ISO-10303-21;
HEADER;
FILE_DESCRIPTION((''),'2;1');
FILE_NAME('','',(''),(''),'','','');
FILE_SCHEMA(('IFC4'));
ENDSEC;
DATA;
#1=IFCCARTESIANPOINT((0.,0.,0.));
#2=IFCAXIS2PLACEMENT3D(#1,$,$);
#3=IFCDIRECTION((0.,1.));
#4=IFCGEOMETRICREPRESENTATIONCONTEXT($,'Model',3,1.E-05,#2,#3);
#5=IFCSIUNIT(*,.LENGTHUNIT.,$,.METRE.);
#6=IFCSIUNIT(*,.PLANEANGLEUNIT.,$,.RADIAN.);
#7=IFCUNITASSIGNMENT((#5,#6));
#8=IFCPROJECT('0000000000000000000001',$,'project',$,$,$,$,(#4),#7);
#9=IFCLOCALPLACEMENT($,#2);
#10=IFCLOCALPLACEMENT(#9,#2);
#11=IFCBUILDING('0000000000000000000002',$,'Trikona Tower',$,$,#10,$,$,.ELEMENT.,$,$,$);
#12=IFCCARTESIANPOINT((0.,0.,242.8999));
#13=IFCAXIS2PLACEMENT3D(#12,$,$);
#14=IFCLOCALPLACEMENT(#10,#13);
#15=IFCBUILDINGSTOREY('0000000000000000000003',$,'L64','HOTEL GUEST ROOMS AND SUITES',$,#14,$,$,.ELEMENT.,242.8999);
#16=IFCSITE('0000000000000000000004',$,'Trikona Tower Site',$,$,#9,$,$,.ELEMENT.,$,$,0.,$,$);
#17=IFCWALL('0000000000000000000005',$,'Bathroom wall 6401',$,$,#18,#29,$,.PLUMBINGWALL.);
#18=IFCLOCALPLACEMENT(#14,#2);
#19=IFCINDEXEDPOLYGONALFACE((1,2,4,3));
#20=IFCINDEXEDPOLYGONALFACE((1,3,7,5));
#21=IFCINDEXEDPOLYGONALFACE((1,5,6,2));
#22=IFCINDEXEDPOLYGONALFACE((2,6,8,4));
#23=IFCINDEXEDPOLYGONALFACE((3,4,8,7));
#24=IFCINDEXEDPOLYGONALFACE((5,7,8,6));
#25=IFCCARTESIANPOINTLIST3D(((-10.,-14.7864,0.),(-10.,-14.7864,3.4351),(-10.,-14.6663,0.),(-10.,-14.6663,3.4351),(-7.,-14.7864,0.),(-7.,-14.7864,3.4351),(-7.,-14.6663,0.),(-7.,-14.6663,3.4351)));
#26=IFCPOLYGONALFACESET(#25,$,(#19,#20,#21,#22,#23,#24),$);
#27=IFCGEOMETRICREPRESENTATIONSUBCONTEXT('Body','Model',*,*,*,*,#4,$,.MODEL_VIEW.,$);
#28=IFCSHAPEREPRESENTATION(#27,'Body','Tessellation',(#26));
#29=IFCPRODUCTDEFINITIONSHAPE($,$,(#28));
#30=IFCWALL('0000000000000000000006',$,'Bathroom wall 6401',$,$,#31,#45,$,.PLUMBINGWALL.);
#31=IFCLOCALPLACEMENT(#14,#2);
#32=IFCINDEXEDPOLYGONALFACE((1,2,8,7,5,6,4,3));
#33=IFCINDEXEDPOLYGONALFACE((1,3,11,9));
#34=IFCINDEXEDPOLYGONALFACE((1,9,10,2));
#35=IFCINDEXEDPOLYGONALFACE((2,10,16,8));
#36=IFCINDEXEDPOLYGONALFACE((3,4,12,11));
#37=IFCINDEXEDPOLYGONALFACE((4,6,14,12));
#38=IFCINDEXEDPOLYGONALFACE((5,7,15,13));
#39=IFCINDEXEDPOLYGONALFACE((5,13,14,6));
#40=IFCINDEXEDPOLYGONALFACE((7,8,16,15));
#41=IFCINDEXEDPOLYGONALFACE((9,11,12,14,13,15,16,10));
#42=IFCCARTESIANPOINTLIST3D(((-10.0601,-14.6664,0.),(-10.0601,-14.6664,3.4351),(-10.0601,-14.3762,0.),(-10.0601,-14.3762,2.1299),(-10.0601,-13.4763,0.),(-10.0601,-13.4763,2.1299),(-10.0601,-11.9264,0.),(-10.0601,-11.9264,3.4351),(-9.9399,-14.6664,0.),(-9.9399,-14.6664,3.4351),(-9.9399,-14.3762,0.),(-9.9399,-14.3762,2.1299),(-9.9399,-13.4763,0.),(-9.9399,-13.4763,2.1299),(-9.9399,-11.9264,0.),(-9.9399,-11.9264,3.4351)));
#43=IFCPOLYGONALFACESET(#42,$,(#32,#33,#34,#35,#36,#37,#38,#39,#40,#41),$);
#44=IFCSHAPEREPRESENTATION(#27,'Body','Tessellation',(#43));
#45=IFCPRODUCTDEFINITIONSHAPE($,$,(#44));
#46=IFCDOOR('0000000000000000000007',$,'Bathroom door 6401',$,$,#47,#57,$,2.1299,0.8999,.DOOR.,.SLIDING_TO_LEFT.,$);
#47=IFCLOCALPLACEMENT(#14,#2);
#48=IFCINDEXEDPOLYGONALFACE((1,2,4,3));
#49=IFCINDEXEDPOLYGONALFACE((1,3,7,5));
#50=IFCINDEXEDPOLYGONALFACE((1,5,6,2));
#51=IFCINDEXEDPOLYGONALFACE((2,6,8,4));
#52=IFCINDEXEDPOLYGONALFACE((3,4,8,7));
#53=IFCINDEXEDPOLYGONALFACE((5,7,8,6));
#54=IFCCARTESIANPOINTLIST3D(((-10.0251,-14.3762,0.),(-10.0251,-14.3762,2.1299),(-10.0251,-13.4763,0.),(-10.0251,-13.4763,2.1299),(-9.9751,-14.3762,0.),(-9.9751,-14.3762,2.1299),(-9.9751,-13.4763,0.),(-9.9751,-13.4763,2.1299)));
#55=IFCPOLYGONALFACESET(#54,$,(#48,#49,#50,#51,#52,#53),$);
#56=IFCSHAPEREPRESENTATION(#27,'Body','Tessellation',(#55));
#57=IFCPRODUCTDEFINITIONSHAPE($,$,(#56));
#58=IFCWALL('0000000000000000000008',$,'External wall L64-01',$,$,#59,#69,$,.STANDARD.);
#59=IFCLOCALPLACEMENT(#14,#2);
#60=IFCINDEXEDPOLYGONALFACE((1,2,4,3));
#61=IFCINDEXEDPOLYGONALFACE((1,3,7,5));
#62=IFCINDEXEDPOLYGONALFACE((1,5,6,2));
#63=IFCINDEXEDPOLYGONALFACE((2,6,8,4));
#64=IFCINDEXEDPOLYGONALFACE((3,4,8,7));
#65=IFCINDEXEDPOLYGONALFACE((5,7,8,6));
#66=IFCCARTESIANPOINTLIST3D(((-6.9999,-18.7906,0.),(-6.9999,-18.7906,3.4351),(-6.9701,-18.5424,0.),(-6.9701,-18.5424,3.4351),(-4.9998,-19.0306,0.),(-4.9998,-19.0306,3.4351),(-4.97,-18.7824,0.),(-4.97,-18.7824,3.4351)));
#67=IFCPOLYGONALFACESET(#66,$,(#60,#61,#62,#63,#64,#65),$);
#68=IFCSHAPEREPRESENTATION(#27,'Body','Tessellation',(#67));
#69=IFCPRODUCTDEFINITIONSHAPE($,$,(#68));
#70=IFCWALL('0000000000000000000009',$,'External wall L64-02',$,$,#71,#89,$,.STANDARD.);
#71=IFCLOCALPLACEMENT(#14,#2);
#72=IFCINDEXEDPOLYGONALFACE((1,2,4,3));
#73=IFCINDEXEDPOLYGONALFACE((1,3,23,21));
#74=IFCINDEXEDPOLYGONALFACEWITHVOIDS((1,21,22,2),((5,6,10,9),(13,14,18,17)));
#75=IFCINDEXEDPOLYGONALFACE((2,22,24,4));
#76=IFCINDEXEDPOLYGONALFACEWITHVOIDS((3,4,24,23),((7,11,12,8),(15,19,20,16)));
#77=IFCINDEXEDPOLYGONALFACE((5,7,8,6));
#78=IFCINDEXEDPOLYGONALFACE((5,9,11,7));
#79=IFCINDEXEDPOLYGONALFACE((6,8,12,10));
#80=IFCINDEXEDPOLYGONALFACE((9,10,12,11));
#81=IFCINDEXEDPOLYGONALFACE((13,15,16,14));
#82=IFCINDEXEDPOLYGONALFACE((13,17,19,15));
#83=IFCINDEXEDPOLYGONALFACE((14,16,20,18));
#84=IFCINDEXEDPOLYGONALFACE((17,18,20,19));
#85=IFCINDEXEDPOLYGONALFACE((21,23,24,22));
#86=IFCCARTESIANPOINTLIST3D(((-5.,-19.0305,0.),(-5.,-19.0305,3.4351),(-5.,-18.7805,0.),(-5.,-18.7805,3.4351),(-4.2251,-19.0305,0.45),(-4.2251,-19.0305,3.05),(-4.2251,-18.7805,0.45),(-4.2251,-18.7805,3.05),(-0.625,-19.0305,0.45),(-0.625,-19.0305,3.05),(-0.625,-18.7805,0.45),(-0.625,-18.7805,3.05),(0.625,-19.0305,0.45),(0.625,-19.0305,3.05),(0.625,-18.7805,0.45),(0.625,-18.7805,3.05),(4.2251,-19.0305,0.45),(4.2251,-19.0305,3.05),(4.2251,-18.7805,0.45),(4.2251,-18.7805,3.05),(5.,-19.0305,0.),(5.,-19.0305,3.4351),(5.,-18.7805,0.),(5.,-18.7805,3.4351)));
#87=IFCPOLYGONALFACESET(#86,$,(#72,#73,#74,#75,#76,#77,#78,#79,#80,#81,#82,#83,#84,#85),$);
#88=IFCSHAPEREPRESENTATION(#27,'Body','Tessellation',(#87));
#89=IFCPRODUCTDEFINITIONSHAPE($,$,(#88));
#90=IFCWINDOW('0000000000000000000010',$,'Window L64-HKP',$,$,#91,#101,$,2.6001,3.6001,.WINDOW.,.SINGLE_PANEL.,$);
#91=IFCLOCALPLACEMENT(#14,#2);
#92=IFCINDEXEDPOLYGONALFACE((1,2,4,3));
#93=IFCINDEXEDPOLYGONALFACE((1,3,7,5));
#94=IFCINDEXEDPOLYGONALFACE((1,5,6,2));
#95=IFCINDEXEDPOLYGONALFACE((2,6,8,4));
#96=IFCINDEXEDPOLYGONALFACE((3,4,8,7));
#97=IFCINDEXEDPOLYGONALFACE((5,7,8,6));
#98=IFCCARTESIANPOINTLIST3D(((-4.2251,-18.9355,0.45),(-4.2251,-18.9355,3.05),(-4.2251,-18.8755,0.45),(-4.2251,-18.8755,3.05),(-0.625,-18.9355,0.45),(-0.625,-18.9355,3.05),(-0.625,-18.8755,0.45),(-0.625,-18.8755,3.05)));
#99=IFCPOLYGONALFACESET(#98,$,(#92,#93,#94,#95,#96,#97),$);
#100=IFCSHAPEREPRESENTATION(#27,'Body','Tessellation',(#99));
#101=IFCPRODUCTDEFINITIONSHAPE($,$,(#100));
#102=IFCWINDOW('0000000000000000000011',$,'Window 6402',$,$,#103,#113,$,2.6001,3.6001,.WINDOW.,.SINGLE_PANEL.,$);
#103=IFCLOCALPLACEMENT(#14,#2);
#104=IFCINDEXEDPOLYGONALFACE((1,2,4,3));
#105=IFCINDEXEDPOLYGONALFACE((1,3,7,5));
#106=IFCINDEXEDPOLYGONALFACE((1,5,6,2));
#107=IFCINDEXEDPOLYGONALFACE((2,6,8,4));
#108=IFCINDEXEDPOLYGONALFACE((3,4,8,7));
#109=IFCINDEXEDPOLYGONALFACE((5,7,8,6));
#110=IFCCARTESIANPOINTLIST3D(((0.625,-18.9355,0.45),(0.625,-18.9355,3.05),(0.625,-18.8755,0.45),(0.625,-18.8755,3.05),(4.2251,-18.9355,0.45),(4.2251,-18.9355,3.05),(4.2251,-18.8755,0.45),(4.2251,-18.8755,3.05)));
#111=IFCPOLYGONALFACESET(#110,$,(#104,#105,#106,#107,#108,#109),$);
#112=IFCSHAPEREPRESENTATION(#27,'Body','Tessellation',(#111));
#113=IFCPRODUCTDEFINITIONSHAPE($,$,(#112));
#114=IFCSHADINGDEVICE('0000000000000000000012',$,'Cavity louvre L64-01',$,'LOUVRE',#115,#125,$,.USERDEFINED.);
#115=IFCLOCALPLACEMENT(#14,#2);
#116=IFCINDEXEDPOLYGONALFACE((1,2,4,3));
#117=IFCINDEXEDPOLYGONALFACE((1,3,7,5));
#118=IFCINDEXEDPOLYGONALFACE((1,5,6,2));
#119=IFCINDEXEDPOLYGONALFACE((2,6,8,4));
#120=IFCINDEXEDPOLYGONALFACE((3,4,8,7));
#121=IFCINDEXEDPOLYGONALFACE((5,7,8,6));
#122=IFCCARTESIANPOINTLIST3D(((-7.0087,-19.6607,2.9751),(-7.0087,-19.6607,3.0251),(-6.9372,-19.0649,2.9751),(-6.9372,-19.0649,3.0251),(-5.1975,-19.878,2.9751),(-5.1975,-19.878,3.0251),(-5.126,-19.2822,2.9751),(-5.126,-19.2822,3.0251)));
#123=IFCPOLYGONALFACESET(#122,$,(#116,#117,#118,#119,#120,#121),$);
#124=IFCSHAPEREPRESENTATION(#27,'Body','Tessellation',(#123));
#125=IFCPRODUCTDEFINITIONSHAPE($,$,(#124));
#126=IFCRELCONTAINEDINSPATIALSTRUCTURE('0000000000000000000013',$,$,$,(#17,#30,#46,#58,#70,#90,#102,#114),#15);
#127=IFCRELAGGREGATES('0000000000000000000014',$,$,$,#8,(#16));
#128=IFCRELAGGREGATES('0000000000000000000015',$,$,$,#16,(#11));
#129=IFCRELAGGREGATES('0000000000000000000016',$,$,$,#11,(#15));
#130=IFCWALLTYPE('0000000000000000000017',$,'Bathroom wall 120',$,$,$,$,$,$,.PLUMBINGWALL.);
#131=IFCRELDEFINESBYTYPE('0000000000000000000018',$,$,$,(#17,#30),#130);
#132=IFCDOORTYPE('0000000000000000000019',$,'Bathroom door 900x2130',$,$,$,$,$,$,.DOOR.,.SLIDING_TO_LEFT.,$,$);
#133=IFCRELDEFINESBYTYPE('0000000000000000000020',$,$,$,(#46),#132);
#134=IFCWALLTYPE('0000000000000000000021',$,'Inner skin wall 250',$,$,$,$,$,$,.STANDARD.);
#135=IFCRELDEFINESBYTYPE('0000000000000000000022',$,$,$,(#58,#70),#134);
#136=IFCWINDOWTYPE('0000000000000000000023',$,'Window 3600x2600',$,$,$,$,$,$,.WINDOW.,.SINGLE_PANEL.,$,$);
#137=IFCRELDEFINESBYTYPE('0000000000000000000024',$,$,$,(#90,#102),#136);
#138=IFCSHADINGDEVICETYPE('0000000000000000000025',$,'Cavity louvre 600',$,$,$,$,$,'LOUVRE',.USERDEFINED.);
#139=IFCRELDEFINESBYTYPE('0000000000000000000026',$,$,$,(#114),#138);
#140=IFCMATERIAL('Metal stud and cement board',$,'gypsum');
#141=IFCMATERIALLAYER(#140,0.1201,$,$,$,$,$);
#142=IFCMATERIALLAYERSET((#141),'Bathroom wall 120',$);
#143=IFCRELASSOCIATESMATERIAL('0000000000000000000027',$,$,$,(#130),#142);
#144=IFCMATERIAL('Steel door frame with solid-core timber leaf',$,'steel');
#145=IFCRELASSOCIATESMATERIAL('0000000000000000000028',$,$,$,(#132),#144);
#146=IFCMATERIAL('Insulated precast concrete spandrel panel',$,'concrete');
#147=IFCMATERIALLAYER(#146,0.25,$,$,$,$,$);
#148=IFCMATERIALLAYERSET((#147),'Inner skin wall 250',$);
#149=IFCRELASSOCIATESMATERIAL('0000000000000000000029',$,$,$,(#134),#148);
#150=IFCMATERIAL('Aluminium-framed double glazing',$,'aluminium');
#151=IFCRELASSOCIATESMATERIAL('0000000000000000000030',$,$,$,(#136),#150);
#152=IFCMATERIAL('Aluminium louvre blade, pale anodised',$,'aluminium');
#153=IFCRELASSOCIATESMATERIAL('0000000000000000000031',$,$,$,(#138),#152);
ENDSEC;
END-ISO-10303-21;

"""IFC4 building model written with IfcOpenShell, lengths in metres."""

from ifc_helpers import new_model, si_unit, direction, frame, frame_2d, origin, origin_2d, place, context, subcontext, project, spatial, rectangle, extrude, material, layer, layer_set, type_object, element, fill, save


model = new_model("IFC4")

# Units and contexts
model_context = context("Model", 3, precision=1e-05, world=origin(), true_north=direction((0.0, 1.0)))
body_context = subcontext(model_context, "Body", "Model", "MODEL_VIEW")
ifc_project = project(units=[si_unit("LENGTHUNIT", "METRE"), si_unit("PLANEANGLEUNIT", "RADIAN")], contexts=[model_context])

# Site, building, storey
site_placement = place(None, origin())
site = spatial("IfcSite", under=ifc_project, at=site_placement, Name="Trikona Tower Site", CompositionType="ELEMENT", RefElevation=0.0)
building_placement = place(site_placement, origin())
building = spatial("IfcBuilding", under=site, at=building_placement, Name="Trikona Tower", CompositionType="ELEMENT")
storey_placement = place(building_placement, frame((0.0, 0.0, 242.8999)))
storey = spatial("IfcBuildingStorey", under=building, at=storey_placement, Name="L64", Description="HOTEL GUEST ROOMS AND SUITES", CompositionType="ELEMENT", Elevation=242.8999)

# Wall
ifc_material_1 = material(Name="Metal stud and cement board", Category="gypsum")
ifc_layer_1 = layer(ifc_material_1, 0.1201)
ifc_layer_set_1 = layer_set([ifc_layer_1], Name="Bathroom wall 120")
wall_type_1 = type_object("IfcWallType", Name="Bathroom wall 120", PredefinedType="PLUMBINGWALL", material=ifc_layer_set_1)
wall_1_placement = place(storey_placement, frame((-10.0, -14.7263, 0.0), z_axis=(0.0, 0.0, 1.0), x_axis=(1.0, 0.0, 0.0)))
element("IfcWall", 1, at=wall_1_placement, inside=storey, type_object=wall_type_1, Name="Bathroom wall 6401", PredefinedType="PLUMBINGWALL", context=body_context, shape_type="SweptSolid", body=[
    extrude(rectangle(XDim=3.0, YDim=0.1201, at=frame_2d((1.5, 0.0))), origin(), (0.0, 0.0, 1.0), 3.4351),
])

# Wall, opening, door
wall_2_placement = place(storey_placement, frame((-10.0, -11.9263, 0.0), z_axis=(0.0, 0.0, 1.0), x_axis=(0.0, -1.0, 0.0)))
wall_2 = element("IfcWall", 2, at=wall_2_placement, inside=storey, type_object=wall_type_1, Name="Bathroom wall 6401", PredefinedType="PLUMBINGWALL", context=body_context, shape_type="SweptSolid", body=[
    extrude(rectangle(XDim=2.74, YDim=0.1201, at=frame_2d((1.3701, 0.0))), origin(), (0.0, 0.0, 1.0), 3.4351),
])
opening_1_placement = place(wall_2_placement, frame((1.55, 0.0, 0.0)))
opening_1 = element("IfcOpeningElement", 3, at=opening_1_placement, cuts=wall_2, PredefinedType="OPENING", context=body_context, shape_type="SweptSolid", body=[
    extrude(rectangle(XDim=0.8999, YDim=2.1299, at=frame_2d((0.45, 1.0649))), frame((0.0, 0.0701, 0.0), z_axis=(0.0, -1.0, 0.0), x_axis=(1.0, 0.0, 0.0)), (0.0, 0.0, 1.0), 0.1401),
])
ifc_material_2 = material(Name="Steel door frame with solid-core timber leaf", Category="steel")
door_type = type_object("IfcDoorType", Name="Bathroom door 900x2130", OperationType="SLIDING_TO_LEFT", PredefinedType="DOOR", material=ifc_material_2)
door_placement = place(opening_1_placement, origin())
door = element("IfcDoor", 4, at=door_placement, inside=storey, type_object=door_type, Name="Bathroom door 6401", OperationType="SLIDING_TO_LEFT", OverallHeight=2.1299, OverallWidth=0.8999, PredefinedType="DOOR", context=body_context, shape_type="SweptSolid", body=[
    extrude(rectangle(XDim=0.8999, YDim=2.1299, at=frame_2d((0.45, 1.0649))), frame((0.0, 0.0249, 0.0), z_axis=(0.0, -1.0, 0.0), x_axis=(1.0, 0.0, 0.0)), (0.0, 0.0, 1.0), 0.05),
])
fill(opening_1, door)

# Wall
ifc_material_3 = material(Name="Insulated precast concrete spandrel panel", Category="concrete")
ifc_layer_2 = layer(ifc_material_3, 0.25)
ifc_layer_set_2 = layer_set([ifc_layer_2], Name="Inner skin wall 250")
wall_type_2 = type_object("IfcWallType", Name="Inner skin wall 250", PredefinedType="STANDARD", material=ifc_layer_set_2)
wall_3_placement = place(storey_placement, frame((-6.9851, -18.6665, 0.0), z_axis=(0.0, 0.0, 1.0), x_axis=(0.992877, -0.11914, 0.0)))
element("IfcWall", 5, at=wall_3_placement, inside=storey, type_object=wall_type_2, Name="External wall L64-01", PredefinedType="STANDARD", context=body_context, shape_type="SweptSolid", body=[
    extrude(rectangle(XDim=2.0144, YDim=0.25, at=frame_2d((1.0073, 0.0))), origin(), (0.0, 0.0, 1.0), 3.4351),
])

# Wall, openings, windows
wall_4_placement = place(storey_placement, frame((-5.0, -18.9055, 0.0), z_axis=(0.0, 0.0, 1.0), x_axis=(1.0, 0.0, 0.0)))
wall_4 = element("IfcWall", 6, at=wall_4_placement, inside=storey, type_object=wall_type_2, Name="External wall L64-02", PredefinedType="STANDARD", context=body_context, shape_type="SweptSolid", body=[
    extrude(rectangle(XDim=10.0, YDim=0.25, at=frame_2d((5.0, 0.0))), origin(), (0.0, 0.0, 1.0), 3.4351),
])
opening_2_placement = place(wall_4_placement, frame((0.7749, 0.0, 0.45)))
opening_2 = element("IfcOpeningElement", 7, at=opening_2_placement, cuts=wall_4, PredefinedType="OPENING", context=body_context, shape_type="SweptSolid", body=[
    extrude(rectangle(XDim=3.6001, YDim=2.6001, at=frame_2d((1.8, 1.3))), frame((0.0, 0.135, 0.0), z_axis=(0.0, -1.0, 0.0), x_axis=(1.0, 0.0, 0.0)), (0.0, 0.0, 1.0), 0.27),
])
opening_3_placement = place(wall_4_placement, frame((5.625, 0.0, 0.45)))
opening_3 = element("IfcOpeningElement", 8, at=opening_3_placement, cuts=wall_4, PredefinedType="OPENING", context=body_context, shape_type="SweptSolid", body=[
    extrude(rectangle(XDim=3.6001, YDim=2.6001, at=frame_2d((1.8, 1.3))), frame((0.0, 0.135, 0.0), z_axis=(0.0, -1.0, 0.0), x_axis=(1.0, 0.0, 0.0)), (0.0, 0.0, 1.0), 0.27),
])
ifc_material_4 = material(Name="Aluminium-framed double glazing", Category="aluminium")
window_type = type_object("IfcWindowType", Name="Window 3600x2600", PartitioningType="SINGLE_PANEL", PredefinedType="WINDOW", material=ifc_material_4)
window_1_placement = place(opening_2_placement, origin())
window_1 = element("IfcWindow", 9, at=window_1_placement, inside=storey, type_object=window_type, Name="Window L64-HKP", OverallHeight=2.6001, OverallWidth=3.6001, PartitioningType="SINGLE_PANEL", PredefinedType="WINDOW", context=body_context, shape_type="SweptSolid", body=[
    extrude(rectangle(XDim=3.6001, YDim=2.6001, at=frame_2d((1.8, 1.3))), frame((0.0, 0.03, 0.0), z_axis=(0.0, -1.0, 0.0), x_axis=(1.0, 0.0, 0.0)), (0.0, 0.0, 1.0), 0.0601),
])
fill(opening_2, window_1)
window_2_placement = place(opening_3_placement, origin())
window_2 = element("IfcWindow", 10, at=window_2_placement, inside=storey, type_object=window_type, Name="Window 6402", OverallHeight=2.6001, OverallWidth=3.6001, PartitioningType="SINGLE_PANEL", PredefinedType="WINDOW", context=body_context, shape_type="SweptSolid", body=[
    extrude(rectangle(XDim=3.6001, YDim=2.6001, at=frame_2d((1.8, 1.3))), frame((0.0, 0.03, 0.0), z_axis=(0.0, -1.0, 0.0), x_axis=(1.0, 0.0, 0.0)), (0.0, 0.0, 1.0), 0.0601),
])
fill(opening_3, window_2)

# Shading device
ifc_material_5 = material(Name="Aluminium louvre blade, pale anodised", Category="aluminium")
shading_device_type = type_object("IfcShadingDeviceType", Name="Cavity louvre 600", ElementType="LOUVRE", PredefinedType="USERDEFINED", material=ifc_material_5)
shading_device_placement = place(storey_placement, frame((-6.0674, -19.4714, 2.9751), z_axis=(0.0, 0.0, 1.0), x_axis=(0.992877, -0.119146, 0.0)))
element("IfcShadingDevice", 11, at=shading_device_placement, inside=storey, type_object=shading_device_type, Name="Cavity louvre L64-01", ObjectType="LOUVRE", PredefinedType="USERDEFINED", context=body_context, shape_type="SweptSolid", body=[
    extrude(rectangle(XDim=1.8242, YDim=0.6001, at=origin_2d()), origin(), (0.0, 0.0, 1.0), 0.05),
])

save(model, "model.ifc")
